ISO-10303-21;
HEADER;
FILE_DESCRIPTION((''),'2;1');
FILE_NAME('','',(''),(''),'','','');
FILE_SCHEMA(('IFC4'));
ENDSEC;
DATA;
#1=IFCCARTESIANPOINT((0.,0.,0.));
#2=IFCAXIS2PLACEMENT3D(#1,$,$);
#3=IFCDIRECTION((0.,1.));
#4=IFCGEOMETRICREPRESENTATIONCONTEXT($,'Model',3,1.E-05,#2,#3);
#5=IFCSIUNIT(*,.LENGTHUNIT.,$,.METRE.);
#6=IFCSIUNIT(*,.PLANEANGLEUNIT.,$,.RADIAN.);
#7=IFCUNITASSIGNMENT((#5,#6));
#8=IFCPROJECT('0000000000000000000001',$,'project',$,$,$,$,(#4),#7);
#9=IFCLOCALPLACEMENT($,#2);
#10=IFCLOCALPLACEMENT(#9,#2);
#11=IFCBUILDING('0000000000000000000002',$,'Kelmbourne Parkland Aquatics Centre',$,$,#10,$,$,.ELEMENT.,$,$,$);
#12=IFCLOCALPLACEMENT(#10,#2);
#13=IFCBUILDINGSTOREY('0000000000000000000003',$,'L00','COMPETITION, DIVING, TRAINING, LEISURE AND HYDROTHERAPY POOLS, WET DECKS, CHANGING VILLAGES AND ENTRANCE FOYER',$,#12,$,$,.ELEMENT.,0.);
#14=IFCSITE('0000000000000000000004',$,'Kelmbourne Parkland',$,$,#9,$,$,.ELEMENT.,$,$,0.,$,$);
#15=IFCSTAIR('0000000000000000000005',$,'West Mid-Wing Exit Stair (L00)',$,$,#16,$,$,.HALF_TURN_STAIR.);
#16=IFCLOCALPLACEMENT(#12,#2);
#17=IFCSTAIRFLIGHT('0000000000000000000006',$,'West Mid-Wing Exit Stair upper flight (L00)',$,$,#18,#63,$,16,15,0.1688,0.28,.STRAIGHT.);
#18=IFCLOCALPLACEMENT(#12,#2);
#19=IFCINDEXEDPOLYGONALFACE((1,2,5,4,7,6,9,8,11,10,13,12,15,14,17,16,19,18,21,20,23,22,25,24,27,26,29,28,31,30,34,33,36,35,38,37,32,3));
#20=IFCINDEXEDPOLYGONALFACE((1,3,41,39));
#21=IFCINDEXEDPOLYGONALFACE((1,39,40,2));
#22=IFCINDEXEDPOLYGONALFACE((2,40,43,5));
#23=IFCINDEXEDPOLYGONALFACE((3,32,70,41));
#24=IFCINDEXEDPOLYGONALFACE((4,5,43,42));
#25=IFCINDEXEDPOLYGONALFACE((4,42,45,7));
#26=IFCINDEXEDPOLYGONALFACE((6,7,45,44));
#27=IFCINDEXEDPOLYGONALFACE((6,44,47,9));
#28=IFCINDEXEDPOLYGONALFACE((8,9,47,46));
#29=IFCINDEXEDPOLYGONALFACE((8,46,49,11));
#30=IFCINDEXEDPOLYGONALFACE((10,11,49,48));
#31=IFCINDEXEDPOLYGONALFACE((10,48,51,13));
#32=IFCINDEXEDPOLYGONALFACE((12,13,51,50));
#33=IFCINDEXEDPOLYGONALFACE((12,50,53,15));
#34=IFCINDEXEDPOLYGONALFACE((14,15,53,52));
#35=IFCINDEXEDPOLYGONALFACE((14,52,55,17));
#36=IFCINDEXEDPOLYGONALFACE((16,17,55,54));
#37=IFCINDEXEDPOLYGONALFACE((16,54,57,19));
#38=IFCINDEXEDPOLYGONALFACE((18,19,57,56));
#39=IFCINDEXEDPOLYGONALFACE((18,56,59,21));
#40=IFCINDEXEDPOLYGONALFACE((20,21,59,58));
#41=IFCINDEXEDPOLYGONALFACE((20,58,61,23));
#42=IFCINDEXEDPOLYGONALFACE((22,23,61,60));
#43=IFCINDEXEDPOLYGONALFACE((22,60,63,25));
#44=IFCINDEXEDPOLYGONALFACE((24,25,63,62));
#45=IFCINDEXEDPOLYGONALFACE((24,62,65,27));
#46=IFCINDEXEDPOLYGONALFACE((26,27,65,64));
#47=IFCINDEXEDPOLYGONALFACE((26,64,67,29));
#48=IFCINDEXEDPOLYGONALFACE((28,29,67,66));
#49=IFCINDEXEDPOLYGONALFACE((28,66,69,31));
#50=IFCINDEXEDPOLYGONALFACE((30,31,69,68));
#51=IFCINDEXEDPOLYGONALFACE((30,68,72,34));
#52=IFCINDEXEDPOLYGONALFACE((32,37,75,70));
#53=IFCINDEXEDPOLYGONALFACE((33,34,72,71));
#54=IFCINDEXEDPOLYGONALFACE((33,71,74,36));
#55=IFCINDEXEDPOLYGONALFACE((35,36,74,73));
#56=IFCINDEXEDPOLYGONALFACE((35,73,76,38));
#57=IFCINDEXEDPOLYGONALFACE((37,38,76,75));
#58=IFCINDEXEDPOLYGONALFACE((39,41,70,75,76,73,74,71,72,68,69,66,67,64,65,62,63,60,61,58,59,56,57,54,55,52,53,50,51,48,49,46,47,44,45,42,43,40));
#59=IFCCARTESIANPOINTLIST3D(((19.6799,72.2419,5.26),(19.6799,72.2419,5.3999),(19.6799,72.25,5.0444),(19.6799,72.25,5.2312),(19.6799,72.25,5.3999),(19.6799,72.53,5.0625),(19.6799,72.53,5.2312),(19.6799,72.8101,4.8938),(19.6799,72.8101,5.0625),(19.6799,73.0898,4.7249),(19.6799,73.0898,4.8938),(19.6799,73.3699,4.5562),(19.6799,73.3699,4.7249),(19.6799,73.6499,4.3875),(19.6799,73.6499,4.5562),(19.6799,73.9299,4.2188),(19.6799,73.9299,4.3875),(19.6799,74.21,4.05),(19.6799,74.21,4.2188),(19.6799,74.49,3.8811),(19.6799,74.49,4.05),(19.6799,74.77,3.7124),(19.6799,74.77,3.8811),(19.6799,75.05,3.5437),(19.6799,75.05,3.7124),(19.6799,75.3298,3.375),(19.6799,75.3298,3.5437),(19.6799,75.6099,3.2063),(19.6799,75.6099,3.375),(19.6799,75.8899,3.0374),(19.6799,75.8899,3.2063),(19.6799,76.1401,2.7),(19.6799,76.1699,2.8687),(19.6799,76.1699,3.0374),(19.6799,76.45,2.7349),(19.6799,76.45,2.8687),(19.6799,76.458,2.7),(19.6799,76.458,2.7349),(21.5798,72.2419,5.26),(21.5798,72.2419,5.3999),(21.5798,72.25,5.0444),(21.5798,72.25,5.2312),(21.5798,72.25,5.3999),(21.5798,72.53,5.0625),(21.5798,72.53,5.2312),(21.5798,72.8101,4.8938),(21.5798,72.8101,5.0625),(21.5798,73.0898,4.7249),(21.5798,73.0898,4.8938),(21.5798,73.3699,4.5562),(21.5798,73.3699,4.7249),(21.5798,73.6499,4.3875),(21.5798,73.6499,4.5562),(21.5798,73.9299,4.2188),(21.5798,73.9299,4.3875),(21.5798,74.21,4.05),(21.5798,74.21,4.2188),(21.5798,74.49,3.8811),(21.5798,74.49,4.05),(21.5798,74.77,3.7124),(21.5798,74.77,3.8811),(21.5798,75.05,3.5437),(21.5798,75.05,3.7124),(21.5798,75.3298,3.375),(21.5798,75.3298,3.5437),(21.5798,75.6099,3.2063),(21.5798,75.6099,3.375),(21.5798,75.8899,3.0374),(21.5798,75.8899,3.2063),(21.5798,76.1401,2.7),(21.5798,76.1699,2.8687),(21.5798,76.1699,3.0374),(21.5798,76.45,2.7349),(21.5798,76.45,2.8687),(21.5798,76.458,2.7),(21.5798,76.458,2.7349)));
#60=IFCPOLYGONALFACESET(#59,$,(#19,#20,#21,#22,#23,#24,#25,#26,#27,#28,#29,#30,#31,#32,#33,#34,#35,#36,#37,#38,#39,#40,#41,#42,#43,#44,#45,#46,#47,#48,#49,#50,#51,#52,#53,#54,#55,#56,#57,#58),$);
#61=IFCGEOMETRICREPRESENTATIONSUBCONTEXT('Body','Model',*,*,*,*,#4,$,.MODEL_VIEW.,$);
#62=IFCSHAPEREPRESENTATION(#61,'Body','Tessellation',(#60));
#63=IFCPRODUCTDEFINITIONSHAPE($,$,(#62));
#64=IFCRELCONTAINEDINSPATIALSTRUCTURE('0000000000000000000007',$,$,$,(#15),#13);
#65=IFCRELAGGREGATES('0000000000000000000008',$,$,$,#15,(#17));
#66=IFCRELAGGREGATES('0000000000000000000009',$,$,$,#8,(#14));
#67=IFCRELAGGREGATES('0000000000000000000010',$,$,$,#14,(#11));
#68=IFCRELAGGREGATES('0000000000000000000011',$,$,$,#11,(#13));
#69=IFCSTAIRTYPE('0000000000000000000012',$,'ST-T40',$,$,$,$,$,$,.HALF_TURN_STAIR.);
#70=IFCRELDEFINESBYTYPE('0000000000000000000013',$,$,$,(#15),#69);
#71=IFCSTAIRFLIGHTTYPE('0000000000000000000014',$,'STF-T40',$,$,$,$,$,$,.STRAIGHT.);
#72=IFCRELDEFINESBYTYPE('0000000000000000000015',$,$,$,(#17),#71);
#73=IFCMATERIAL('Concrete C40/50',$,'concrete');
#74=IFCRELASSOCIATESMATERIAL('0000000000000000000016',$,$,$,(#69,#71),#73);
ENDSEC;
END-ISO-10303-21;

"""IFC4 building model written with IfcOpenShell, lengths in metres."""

from ifc_helpers import new_model, si_unit, direction, frame, origin, place, context, subcontext, project, spatial, polyline, outline, extrude, material, type_object, element, aggregate, save


model = new_model("IFC4")

# Units and contexts
model_context = context("Model", 3, precision=1e-05, world=origin(), true_north=direction((0.0, 1.0)))
body_context = subcontext(model_context, "Body", "Model", "MODEL_VIEW")
ifc_project = project(units=[si_unit("LENGTHUNIT", "METRE"), si_unit("PLANEANGLEUNIT", "RADIAN")], contexts=[model_context])

# Site, building, storey
site_placement = place(None, origin())
site = spatial("IfcSite", under=ifc_project, at=site_placement, Name="Kelmbourne Parkland", CompositionType="ELEMENT", RefElevation=0.0)
building_placement = place(site_placement, origin())
building = spatial("IfcBuilding", under=site, at=building_placement, Name="Kelmbourne Parkland Aquatics Centre", CompositionType="ELEMENT")
storey_placement = place(building_placement, origin())
storey = spatial("IfcBuildingStorey", under=building, at=storey_placement, Name="L00", Description="COMPETITION, DIVING, TRAINING, LEISURE AND HYDROTHERAPY POOLS, WET DECKS, CHANGING VILLAGES AND ENTRANCE FOYER", CompositionType="ELEMENT", Elevation=0.0)

# Shared definitions
ifc_material_1 = material(Name="Concrete C40/50", Category="concrete")

# Stair, stair flight
stair_type_1 = type_object("IfcStairType", Name="ST-T40", PredefinedType="HALF_TURN_STAIR", material=ifc_material_1)
stair_1_placement = place(storey_placement, origin())
stair_1 = element("IfcStair", 1, at=stair_1_placement, inside=storey, type_object=stair_type_1, Name="West Mid-Wing Exit Stair (L00)", PredefinedType="HALF_TURN_STAIR")
stair_flight_type_1 = type_object("IfcStairFlightType", Name="STF-T40", PredefinedType="STRAIGHT", material=ifc_material_1)
stair_flight_1_placement = place(storey_placement, frame((20.6299, 76.45, 2.7), z_axis=(0.0, 0.0, 1.0), x_axis=(0.0, -1.0, 0.0)))
stair_flight_1 = element("IfcStairFlight", 2, at=stair_flight_1_placement, type_object=stair_flight_type_1, Name="West Mid-Wing Exit Stair upper flight (L00)", NumberOfRisers=16, NumberOfTreads=15, PredefinedType="STRAIGHT", RiserHeight=0.1688, TreadLength=0.28, context=body_context, shape_type="SweptSolid", body=[
    extrude(outline(polyline([(-0.0081, 0.0), (-0.0081, 0.0349), (0.0, 0.0349), (0.0, 0.1687), (0.28, 0.1687), (0.28, 0.3374), (0.5601, 0.3374), (0.5601, 0.5063), (0.8401, 0.5063), (0.8401, 0.675), (1.1201, 0.675), (1.1201, 0.8438), (1.3999, 0.8438), (1.3999, 1.0125), (1.6799, 1.0125), (1.6799, 1.1812), (1.96, 1.1812), (1.96, 1.3501), (2.24, 1.3501), (2.24, 1.5188), (2.52, 1.5188), (2.52, 1.6875), (2.8, 1.6875), (2.8, 1.8562), (3.0801, 1.8562), (3.0801, 2.0249), (3.3601, 2.0249), (3.3601, 2.1938), (3.6399, 2.1938), (3.6399, 2.3625), (3.9199, 2.3625), (3.9199, 2.5312), (4.2, 2.5312), (4.2, 2.7), (4.208, 2.7), (4.208, 2.5601), (4.2, 2.3445), (0.3098, 0.0), (-0.0081, 0.0)])), frame((0.0, 0.95, 0.0), z_axis=(0.0, -1.0, 0.0), x_axis=(1.0, 0.0, 0.0)), (0.0, 0.0, 1.0), 1.8999),
])
aggregate(stair_1, [stair_flight_1])

save(model, "model.ifc")
